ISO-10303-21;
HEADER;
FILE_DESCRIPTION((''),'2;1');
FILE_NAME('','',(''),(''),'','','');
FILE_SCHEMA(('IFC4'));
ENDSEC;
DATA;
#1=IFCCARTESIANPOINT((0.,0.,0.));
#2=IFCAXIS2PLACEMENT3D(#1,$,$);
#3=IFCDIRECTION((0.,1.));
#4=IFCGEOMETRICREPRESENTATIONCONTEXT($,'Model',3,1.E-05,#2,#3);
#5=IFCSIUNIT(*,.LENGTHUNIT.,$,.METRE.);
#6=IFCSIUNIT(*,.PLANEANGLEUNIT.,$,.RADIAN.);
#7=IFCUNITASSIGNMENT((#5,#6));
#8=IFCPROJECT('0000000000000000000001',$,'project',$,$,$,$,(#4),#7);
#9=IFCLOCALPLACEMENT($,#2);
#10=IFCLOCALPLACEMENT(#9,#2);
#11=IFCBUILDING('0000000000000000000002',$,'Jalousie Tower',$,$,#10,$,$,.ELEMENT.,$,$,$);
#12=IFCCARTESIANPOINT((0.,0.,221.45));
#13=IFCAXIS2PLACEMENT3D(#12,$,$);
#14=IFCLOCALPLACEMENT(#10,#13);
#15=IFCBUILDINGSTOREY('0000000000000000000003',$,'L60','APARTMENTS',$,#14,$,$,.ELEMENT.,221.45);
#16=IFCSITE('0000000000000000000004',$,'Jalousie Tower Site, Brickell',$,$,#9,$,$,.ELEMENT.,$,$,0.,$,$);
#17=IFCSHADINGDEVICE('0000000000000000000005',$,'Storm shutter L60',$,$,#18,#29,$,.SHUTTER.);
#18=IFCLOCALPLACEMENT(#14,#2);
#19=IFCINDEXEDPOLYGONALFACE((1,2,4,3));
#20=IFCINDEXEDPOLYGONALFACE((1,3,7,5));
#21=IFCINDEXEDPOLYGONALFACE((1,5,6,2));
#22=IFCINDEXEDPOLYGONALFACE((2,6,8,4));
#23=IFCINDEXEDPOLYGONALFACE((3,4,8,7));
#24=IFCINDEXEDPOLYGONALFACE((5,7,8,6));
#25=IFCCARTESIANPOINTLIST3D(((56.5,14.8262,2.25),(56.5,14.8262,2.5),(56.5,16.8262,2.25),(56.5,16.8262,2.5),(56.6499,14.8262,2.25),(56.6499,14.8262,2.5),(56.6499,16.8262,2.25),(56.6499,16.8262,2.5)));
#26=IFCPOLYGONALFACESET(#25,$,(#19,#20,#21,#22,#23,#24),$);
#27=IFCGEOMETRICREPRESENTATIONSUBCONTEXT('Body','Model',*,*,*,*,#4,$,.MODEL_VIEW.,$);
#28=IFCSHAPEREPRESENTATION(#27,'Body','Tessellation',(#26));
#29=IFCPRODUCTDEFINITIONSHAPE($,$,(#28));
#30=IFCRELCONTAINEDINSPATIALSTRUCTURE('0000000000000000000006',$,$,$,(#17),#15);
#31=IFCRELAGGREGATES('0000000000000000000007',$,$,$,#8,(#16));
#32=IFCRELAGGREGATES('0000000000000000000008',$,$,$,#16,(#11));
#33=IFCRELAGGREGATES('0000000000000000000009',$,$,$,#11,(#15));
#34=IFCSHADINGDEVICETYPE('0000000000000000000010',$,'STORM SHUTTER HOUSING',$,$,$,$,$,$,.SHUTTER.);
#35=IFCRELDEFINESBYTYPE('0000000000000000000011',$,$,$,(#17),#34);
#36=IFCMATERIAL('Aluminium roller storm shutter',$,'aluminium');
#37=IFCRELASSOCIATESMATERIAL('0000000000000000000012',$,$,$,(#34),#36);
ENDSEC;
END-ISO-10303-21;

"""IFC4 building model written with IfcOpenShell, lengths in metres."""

from ifc_helpers import new_model, si_unit, direction, frame, origin, origin_2d, place, context, subcontext, project, spatial, rectangle, extrude, material, type_object, element, save


model = new_model("IFC4")

# Units and contexts
model_context = context("Model", 3, precision=1e-05, world=origin(), true_north=direction((0.0, 1.0)))
body_context = subcontext(model_context, "Body", "Model", "MODEL_VIEW")
ifc_project = project(units=[si_unit("LENGTHUNIT", "METRE"), si_unit("PLANEANGLEUNIT", "RADIAN")], contexts=[model_context])

# Site, building, storey
site_placement = place(None, origin())
site = spatial("IfcSite", under=ifc_project, at=site_placement, Name="Jalousie Tower Site, Brickell", CompositionType="ELEMENT", RefElevation=0.0)
building_placement = place(site_placement, origin())
building = spatial("IfcBuilding", under=site, at=building_placement, Name="Jalousie Tower", CompositionType="ELEMENT")
storey_placement = place(building_placement, frame((0.0, 0.0, 221.45)))
storey = spatial("IfcBuildingStorey", under=building, at=storey_placement, Name="L60", Description="APARTMENTS", CompositionType="ELEMENT", Elevation=221.45)

# Shading device
ifc_material_1 = material(Name="Aluminium roller storm shutter", Category="aluminium")
shading_device_type_1 = type_object("IfcShadingDeviceType", Name="STORM SHUTTER HOUSING", PredefinedType="SHUTTER", material=ifc_material_1)
shading_device_1_placement = place(storey_placement, frame((56.575, 15.8262, 2.25), z_axis=(0.0, 0.0, 1.0), x_axis=(0.0, 1.0, 0.0)))
element("IfcShadingDevice", 1, at=shading_device_1_placement, inside=storey, type_object=shading_device_type_1, Name="Storm shutter L60", PredefinedType="SHUTTER", context=body_context, shape_type="SweptSolid", body=[
    extrude(rectangle(XDim=2.0, YDim=0.1499, at=origin_2d()), origin(), (0.0, 0.0, 1.0), 0.25),
])

save(model, "model.ifc")
